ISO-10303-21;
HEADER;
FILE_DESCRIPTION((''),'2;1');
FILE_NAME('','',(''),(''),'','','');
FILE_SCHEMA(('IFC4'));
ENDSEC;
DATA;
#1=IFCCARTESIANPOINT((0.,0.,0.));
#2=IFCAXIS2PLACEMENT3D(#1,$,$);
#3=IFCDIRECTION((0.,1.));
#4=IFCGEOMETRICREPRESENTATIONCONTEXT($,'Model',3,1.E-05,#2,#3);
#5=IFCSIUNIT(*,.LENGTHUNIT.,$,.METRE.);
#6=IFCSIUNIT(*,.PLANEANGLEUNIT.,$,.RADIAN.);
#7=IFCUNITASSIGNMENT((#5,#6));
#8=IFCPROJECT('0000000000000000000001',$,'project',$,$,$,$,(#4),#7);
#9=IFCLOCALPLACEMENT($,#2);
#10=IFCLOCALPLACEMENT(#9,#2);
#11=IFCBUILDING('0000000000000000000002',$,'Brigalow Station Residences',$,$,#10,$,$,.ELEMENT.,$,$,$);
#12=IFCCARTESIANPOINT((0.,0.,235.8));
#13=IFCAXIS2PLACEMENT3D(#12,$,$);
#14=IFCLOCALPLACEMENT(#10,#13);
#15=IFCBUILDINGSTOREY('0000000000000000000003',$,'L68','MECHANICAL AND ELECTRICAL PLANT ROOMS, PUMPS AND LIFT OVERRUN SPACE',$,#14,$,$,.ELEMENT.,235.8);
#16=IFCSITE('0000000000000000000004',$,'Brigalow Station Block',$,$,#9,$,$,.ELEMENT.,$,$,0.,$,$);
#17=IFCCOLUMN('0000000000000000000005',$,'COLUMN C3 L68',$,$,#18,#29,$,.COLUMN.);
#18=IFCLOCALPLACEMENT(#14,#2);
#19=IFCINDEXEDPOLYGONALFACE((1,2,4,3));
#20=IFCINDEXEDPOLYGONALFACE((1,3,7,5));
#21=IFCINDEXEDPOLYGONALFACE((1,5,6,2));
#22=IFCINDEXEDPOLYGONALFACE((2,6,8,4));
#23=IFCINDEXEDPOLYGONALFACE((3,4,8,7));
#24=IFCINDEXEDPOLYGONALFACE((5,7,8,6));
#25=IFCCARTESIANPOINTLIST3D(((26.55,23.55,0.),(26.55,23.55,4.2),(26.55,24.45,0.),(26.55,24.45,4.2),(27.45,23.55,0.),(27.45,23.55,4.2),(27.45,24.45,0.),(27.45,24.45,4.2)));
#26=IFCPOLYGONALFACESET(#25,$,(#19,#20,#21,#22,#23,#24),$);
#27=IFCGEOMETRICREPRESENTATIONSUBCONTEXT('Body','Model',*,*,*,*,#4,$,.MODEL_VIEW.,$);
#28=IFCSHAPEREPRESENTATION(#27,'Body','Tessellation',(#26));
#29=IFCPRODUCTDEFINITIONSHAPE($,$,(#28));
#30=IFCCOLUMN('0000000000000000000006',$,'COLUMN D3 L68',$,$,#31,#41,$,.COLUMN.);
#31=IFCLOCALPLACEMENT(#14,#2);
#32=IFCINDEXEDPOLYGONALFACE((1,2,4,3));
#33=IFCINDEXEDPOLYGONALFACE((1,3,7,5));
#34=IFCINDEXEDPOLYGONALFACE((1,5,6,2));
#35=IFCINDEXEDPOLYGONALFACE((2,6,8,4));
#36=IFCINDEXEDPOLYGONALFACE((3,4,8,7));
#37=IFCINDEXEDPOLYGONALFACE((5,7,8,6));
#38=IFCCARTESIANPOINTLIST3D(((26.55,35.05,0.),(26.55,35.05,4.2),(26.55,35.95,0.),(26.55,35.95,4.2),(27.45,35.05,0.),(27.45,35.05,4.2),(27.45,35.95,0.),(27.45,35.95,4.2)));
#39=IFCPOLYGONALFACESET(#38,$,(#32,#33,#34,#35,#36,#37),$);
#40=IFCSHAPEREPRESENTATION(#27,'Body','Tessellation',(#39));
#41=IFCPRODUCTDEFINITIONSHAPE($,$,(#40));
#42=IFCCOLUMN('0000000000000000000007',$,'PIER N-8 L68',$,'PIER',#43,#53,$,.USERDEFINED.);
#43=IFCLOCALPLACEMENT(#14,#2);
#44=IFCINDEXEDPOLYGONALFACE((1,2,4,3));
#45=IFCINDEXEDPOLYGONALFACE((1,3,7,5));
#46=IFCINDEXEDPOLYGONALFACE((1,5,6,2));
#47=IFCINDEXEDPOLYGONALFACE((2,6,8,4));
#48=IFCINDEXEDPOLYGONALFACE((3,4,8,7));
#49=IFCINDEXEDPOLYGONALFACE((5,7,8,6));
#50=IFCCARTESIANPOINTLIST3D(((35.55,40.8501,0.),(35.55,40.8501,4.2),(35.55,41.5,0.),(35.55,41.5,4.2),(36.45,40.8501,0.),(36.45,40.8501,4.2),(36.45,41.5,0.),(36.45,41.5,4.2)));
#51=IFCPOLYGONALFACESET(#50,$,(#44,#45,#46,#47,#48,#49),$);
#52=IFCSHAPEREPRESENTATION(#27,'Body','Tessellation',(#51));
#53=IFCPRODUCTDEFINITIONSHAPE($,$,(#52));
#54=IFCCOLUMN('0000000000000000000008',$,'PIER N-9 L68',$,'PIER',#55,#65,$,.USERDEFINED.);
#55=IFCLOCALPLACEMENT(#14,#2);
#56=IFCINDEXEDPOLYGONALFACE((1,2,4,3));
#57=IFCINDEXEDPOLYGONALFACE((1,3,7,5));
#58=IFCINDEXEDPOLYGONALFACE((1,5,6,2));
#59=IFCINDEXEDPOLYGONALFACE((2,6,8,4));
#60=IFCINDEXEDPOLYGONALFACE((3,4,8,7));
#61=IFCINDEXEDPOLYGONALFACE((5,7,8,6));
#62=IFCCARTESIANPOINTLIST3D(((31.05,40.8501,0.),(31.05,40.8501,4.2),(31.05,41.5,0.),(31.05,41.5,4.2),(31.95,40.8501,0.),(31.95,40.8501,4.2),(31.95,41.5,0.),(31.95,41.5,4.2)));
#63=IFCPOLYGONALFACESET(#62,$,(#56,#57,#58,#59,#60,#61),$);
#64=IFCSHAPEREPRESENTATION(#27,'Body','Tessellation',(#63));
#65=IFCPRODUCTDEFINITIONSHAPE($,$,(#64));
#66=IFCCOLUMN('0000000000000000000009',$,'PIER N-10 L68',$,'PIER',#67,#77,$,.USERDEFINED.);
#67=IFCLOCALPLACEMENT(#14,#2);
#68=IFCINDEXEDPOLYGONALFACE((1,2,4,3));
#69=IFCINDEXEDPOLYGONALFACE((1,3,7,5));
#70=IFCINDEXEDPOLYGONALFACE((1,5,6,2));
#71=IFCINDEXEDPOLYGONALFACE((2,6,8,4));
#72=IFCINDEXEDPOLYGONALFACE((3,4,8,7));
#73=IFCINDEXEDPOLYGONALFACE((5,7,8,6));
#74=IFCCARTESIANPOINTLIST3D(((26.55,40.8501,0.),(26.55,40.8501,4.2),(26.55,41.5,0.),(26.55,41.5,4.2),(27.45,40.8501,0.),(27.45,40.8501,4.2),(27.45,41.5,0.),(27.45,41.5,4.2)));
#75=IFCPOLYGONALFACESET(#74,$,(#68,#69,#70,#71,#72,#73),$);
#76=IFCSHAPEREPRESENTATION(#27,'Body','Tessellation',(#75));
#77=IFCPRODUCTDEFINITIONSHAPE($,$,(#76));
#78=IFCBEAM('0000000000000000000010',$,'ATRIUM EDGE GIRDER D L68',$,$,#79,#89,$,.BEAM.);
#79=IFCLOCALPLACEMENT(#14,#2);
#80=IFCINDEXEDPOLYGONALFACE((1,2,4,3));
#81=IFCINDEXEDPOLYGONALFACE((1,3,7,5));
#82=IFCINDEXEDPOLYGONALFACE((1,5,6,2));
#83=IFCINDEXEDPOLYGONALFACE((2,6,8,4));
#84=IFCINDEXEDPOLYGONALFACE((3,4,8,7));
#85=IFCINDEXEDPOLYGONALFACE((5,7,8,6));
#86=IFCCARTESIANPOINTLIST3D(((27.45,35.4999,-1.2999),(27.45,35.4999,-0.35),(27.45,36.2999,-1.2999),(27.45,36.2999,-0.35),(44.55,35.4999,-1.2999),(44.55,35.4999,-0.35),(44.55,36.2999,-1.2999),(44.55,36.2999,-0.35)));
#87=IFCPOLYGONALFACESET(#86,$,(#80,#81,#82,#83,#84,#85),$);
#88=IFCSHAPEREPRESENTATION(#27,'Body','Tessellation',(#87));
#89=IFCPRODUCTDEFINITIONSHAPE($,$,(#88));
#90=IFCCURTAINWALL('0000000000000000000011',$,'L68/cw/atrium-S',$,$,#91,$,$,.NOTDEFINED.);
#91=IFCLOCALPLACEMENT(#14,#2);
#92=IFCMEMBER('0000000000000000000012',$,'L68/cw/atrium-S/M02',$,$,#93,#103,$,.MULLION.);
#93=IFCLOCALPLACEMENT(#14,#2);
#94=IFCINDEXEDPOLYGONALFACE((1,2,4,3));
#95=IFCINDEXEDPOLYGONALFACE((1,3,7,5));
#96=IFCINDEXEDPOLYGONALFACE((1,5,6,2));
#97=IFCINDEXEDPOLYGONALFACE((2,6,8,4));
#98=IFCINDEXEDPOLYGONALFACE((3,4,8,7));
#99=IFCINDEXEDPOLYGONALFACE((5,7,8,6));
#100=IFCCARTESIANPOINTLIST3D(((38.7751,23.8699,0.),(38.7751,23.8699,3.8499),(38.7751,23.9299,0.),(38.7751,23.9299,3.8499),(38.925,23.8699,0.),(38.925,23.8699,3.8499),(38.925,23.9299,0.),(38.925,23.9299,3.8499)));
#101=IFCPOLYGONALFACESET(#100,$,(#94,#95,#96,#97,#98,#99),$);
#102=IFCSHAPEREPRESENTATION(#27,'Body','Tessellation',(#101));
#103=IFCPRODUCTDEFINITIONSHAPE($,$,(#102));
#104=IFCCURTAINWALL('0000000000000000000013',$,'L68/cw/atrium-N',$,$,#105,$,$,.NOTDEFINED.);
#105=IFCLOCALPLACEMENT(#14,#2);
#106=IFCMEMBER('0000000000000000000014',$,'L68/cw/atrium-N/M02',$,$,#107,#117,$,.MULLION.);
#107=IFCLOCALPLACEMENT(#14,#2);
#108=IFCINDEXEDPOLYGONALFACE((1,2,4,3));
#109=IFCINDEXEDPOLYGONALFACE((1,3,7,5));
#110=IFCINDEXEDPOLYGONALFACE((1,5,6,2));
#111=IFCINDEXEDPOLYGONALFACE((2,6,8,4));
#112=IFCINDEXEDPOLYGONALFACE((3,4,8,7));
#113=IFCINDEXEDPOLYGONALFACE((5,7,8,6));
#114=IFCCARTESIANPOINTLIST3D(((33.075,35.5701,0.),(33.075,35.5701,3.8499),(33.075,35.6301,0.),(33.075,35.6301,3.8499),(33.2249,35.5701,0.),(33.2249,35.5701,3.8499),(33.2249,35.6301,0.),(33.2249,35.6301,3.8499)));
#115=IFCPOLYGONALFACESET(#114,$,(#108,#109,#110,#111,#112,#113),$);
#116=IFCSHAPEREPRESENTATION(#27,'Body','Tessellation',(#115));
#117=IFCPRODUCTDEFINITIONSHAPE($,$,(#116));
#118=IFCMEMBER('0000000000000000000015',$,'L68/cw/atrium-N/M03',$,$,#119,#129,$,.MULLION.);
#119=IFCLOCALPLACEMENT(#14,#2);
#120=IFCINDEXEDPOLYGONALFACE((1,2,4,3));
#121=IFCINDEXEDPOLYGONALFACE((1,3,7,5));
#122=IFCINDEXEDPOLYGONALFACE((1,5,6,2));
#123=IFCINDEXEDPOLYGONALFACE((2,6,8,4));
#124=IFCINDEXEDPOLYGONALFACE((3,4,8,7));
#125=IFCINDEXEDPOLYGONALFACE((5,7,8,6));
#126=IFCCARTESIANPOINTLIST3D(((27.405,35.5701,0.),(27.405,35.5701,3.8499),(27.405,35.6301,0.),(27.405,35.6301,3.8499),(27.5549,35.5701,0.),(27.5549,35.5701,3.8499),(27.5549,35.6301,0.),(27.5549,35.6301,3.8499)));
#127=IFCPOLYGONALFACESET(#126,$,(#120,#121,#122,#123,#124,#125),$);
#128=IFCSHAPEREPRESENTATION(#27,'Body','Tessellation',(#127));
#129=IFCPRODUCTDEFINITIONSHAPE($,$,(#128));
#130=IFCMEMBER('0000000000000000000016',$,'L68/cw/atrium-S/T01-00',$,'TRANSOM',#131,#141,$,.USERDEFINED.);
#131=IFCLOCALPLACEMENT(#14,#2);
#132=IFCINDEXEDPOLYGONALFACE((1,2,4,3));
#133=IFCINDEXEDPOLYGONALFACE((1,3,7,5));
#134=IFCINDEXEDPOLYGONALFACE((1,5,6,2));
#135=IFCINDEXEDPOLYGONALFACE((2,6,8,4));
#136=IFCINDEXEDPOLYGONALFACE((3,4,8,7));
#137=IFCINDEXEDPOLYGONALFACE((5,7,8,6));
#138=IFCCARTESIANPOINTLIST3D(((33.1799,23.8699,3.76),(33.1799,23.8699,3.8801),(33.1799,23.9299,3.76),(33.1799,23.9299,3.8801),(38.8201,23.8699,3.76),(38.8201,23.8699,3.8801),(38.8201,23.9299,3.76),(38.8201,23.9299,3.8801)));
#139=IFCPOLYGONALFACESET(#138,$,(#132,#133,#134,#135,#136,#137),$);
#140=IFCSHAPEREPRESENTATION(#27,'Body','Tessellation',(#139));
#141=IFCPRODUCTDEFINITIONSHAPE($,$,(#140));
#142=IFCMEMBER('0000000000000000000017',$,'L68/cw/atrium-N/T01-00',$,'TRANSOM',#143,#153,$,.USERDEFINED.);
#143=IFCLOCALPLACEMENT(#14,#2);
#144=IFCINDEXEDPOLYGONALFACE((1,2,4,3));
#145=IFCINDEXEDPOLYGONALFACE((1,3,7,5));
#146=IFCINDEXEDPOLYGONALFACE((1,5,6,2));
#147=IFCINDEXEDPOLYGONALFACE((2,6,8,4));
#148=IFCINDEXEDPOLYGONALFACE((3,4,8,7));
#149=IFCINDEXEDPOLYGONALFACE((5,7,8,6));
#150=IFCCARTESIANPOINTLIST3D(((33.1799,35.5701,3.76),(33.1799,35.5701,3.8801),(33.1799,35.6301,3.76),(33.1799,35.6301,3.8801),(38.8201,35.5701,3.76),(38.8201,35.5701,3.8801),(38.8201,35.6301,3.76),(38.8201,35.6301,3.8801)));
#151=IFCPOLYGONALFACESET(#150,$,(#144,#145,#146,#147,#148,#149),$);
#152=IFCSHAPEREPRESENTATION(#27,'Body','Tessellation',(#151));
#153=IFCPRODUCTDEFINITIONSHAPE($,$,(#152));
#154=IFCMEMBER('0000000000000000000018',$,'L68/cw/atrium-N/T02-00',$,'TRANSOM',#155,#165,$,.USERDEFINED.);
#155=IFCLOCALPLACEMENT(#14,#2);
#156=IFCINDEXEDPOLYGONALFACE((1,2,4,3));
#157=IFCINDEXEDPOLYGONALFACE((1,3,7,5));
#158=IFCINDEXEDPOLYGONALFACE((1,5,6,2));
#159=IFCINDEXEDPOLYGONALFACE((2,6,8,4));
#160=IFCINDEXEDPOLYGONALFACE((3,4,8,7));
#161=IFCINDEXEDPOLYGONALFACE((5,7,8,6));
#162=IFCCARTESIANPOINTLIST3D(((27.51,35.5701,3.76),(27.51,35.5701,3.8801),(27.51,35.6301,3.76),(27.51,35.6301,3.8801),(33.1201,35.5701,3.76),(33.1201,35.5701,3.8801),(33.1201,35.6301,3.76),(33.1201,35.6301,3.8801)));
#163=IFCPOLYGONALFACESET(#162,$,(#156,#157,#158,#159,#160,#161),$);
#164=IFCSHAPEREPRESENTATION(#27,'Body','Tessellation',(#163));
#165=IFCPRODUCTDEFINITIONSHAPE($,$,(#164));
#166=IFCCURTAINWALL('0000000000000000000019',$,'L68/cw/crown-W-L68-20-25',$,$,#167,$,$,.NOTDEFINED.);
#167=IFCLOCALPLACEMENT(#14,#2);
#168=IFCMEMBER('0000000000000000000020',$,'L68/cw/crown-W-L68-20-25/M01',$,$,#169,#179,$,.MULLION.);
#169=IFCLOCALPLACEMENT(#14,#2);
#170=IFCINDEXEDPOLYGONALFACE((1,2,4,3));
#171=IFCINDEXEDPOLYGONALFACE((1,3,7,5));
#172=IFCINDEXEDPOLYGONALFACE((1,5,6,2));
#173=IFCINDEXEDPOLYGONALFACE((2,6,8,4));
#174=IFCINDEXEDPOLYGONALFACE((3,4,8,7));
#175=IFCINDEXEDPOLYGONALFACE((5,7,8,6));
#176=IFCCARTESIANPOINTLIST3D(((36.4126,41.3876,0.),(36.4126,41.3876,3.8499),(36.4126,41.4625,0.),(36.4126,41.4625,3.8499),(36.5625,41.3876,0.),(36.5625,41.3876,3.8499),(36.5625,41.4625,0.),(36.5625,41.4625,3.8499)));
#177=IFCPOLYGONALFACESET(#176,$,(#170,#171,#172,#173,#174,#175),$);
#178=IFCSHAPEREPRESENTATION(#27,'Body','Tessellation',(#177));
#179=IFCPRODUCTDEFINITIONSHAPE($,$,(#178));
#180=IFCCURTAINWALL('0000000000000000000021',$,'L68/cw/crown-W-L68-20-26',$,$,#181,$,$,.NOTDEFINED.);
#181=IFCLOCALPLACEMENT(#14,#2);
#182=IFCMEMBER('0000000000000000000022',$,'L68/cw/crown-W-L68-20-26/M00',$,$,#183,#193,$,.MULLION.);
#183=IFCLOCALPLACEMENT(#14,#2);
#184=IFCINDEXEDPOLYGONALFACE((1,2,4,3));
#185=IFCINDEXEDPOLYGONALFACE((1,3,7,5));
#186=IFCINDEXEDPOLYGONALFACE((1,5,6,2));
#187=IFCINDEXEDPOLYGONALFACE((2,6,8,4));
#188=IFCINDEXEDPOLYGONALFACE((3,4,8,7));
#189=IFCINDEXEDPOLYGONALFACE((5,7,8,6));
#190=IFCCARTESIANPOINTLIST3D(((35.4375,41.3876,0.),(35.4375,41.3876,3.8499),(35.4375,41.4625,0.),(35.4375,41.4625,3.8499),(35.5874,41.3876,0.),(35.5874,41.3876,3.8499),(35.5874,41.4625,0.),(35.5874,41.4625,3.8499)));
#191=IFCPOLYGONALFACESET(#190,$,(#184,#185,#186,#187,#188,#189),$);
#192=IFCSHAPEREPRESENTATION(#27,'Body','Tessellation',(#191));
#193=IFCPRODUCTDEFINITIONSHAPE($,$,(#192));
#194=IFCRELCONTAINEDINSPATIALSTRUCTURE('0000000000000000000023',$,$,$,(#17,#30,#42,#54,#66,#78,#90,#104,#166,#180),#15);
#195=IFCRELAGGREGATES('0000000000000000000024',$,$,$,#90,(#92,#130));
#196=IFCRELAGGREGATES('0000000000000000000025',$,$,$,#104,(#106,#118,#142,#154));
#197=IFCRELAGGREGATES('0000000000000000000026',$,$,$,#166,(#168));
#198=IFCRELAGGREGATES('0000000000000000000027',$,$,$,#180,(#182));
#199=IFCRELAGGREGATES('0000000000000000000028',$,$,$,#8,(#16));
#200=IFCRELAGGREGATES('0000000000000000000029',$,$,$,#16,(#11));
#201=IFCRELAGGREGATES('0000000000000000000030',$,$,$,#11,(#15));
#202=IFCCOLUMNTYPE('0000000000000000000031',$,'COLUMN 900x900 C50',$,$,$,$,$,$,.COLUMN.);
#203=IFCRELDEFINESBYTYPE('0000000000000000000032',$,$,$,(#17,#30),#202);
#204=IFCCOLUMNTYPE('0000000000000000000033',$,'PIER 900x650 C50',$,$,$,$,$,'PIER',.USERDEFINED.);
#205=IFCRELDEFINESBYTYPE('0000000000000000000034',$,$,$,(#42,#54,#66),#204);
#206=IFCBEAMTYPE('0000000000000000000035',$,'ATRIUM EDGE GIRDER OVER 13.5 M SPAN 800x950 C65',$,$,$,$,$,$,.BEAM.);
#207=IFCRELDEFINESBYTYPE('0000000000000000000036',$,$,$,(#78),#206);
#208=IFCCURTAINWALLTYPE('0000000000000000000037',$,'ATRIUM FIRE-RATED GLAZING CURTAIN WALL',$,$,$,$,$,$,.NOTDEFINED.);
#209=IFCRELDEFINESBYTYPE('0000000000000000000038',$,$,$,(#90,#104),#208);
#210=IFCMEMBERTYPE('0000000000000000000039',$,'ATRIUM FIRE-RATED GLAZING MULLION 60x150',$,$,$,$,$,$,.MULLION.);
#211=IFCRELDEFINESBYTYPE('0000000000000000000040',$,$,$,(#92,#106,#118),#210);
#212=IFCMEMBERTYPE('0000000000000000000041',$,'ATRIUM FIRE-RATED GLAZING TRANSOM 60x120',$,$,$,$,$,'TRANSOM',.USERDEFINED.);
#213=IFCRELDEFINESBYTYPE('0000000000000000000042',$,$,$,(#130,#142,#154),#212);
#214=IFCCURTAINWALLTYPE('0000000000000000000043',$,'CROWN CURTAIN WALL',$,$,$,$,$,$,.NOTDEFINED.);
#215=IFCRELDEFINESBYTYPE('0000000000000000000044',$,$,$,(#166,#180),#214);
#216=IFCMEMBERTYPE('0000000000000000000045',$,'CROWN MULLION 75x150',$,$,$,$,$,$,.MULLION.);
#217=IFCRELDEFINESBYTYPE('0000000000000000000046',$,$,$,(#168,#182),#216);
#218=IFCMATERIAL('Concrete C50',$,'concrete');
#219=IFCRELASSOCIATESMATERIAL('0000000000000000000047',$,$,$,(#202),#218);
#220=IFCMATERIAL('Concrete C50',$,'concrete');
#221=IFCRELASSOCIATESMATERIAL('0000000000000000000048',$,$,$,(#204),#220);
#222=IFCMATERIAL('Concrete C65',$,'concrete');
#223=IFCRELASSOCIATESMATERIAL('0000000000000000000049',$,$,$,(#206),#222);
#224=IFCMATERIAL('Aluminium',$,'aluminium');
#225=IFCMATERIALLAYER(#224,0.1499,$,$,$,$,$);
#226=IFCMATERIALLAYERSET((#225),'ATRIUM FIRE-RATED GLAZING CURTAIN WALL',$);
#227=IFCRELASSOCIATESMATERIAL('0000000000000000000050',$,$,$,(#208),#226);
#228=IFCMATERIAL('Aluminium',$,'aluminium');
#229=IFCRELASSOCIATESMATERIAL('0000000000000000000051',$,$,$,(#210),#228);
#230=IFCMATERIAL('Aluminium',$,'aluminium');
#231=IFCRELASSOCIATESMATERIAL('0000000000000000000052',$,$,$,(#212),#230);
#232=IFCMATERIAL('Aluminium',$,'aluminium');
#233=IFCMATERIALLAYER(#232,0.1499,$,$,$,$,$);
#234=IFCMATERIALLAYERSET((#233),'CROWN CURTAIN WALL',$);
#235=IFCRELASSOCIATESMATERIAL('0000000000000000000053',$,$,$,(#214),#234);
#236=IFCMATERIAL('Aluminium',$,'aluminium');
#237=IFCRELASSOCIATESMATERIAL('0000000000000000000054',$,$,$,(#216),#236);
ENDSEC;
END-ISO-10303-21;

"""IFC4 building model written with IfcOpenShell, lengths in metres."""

from ifc_helpers import new_model, si_unit, direction, frame, origin, origin_2d, place, context, subcontext, project, spatial, rectangle, extrude, material, layer, layer_set, material_profile, profile_set, type_object, element, aggregate, save


model = new_model("IFC4")

# Units and contexts
model_context = context("Model", 3, precision=1e-05, world=origin(), true_north=direction((0.0, 1.0)))
body_context = subcontext(model_context, "Body", "Model", "MODEL_VIEW")
ifc_project = project(units=[si_unit("LENGTHUNIT", "METRE"), si_unit("PLANEANGLEUNIT", "RADIAN")], contexts=[model_context])

# Site, building, storey
site_placement = place(None, origin())
site = spatial("IfcSite", under=ifc_project, at=site_placement, Name="Brigalow Station Block", CompositionType="ELEMENT", RefElevation=0.0)
building_placement = place(site_placement, origin())
building = spatial("IfcBuilding", under=site, at=building_placement, Name="Brigalow Station Residences", CompositionType="ELEMENT")
storey_placement = place(building_placement, frame((0.0, 0.0, 235.8)))
storey = spatial("IfcBuildingStorey", under=building, at=storey_placement, Name="L68", Description="MECHANICAL AND ELECTRICAL PLANT ROOMS, PUMPS AND LIFT OVERRUN SPACE", CompositionType="ELEMENT", Elevation=235.8)

# Columns
ifc_material_1 = material(Name="Concrete C50", Category="concrete")
ifc_material_profile_1 = material_profile(ifc_material_1, rectangle(XDim=0.8999, YDim=0.8999, at=origin_2d()), Name="RC900x900")
ifc_profile_set_1 = profile_set([ifc_material_profile_1], Name="Concrete C50")
column_type_1 = type_object("IfcColumnType", Name="COLUMN 900x900 C50", PredefinedType="COLUMN", material=ifc_profile_set_1)
for number, where, z_axis, x_axis, name in (
    (1, (27.0, 24.0, 0.0), (0.0, 0.0, 1.0), (1.0, 0.0, 0.0), "COLUMN C3 L68"),
    (2, (27.0, 35.5, 0.0), (0.0, 0.0, 1.0), (1.0, 0.0, 0.0), "COLUMN D3 L68"),
):
    element("IfcColumn", number, at=place(storey_placement, frame(where, z_axis=z_axis, x_axis=x_axis)), inside=storey, type_object=column_type_1, Name=name, PredefinedType="COLUMN", context=body_context, shape_type="SweptSolid", body=[
        extrude(rectangle(XDim=0.8999, YDim=0.8999, at=origin_2d()), origin(), (0.0, 0.0, 1.0), 4.2),
    ])
ifc_material_2 = material(Name="Concrete C50", Category="concrete")
ifc_material_profile_2 = material_profile(ifc_material_2, rectangle(XDim=0.8999, YDim=0.6499, at=origin_2d()), Name="RC900x650")
ifc_profile_set_2 = profile_set([ifc_material_profile_2], Name="Concrete C50")
column_type_2 = type_object("IfcColumnType", Name="PIER 900x650 C50", ElementType="PIER", PredefinedType="USERDEFINED", material=ifc_profile_set_2)
for number, where, z_axis, x_axis, name in (
    (3, (36.0, 41.175, 0.0), (0.0, 0.0, 1.0), (-1.0, 0.0, 0.0), "PIER N-8 L68"),
    (4, (31.5, 41.175, 0.0), (0.0, 0.0, 1.0), (-1.0, 0.0, 0.0), "PIER N-9 L68"),
    (5, (27.0, 41.175, 0.0), (0.0, 0.0, 1.0), (-1.0, 0.0, 0.0), "PIER N-10 L68"),
):
    element("IfcColumn", number, at=place(storey_placement, frame(where, z_axis=z_axis, x_axis=x_axis)), inside=storey, type_object=column_type_2, Name=name, ObjectType="PIER", PredefinedType="USERDEFINED", context=body_context, shape_type="SweptSolid", body=[
        extrude(rectangle(XDim=0.8999, YDim=0.6499, at=origin_2d()), origin(), (0.0, 0.0, 1.0), 4.2),
    ])

# Beam
ifc_material_3 = material(Name="Concrete C65", Category="concrete")
ifc_material_profile_3 = material_profile(ifc_material_3, rectangle(XDim=0.8, YDim=0.95, at=origin_2d()), Name="RC800x950")
ifc_profile_set_3 = profile_set([ifc_material_profile_3], Name="Concrete C65")
beam_type = type_object("IfcBeamType", Name="ATRIUM EDGE GIRDER OVER 13.5 M SPAN 800x950 C65", PredefinedType="BEAM", material=ifc_profile_set_3)
beam_placement = place(storey_placement, frame((27.45, 35.8999, -0.825), z_axis=(1.0, 0.0, 0.0), x_axis=(0.0, 1.0, 0.0)))
element("IfcBeam", 6, at=beam_placement, inside=storey, type_object=beam_type, Name="ATRIUM EDGE GIRDER D L68", PredefinedType="BEAM", context=body_context, shape_type="SweptSolid", body=[
    extrude(rectangle(XDim=0.8, YDim=0.95, at=origin_2d()), origin(), (0.0, 0.0, 1.0), 17.1001),
])

# Curtain wall, member
ifc_material_4 = material(Name="Aluminium", Category="aluminium")
ifc_layer_1 = layer(ifc_material_4, 0.1499)
ifc_layer_set_1 = layer_set([ifc_layer_1], Name="ATRIUM FIRE-RATED GLAZING CURTAIN WALL")
curtain_wall_type_1 = type_object("IfcCurtainWallType", Name="ATRIUM FIRE-RATED GLAZING CURTAIN WALL", PredefinedType="NOTDEFINED", material=ifc_layer_set_1)
curtain_wall_1_placement = place(storey_placement, origin())
curtain_wall_1 = element("IfcCurtainWall", 7, at=curtain_wall_1_placement, inside=storey, type_object=curtain_wall_type_1, Name="L68/cw/atrium-S", PredefinedType="NOTDEFINED")
ifc_material_5 = material(Name="Aluminium", Category="aluminium")
ifc_material_profile_4 = material_profile(ifc_material_5, rectangle(XDim=0.0601, YDim=0.1499, at=origin_2d()), Name="ATRIUM FIRE-RATED GLAZING MULLION 60x150")
ifc_profile_set_4 = profile_set([ifc_material_profile_4], Name="Aluminium")
member_type_1 = type_object("IfcMemberType", Name="ATRIUM FIRE-RATED GLAZING MULLION 60x150", PredefinedType="MULLION", material=ifc_profile_set_4)
member_1_placement = place(storey_placement, frame((38.8501, 23.8999, 0.0), z_axis=(0.0, 0.0, 1.0), x_axis=(0.0, 1.0, 0.0)))
member_1 = element("IfcMember", 8, at=member_1_placement, type_object=member_type_1, Name="L68/cw/atrium-S/M02", PredefinedType="MULLION", context=body_context, shape_type="SweptSolid", body=[
    extrude(rectangle(XDim=0.0601, YDim=0.1499, at=origin_2d()), origin(), (0.0, 0.0, 1.0), 3.8499),
])

# Curtain wall, members
curtain_wall_2_placement = place(storey_placement, origin())
curtain_wall_2 = element("IfcCurtainWall", 9, at=curtain_wall_2_placement, inside=storey, type_object=curtain_wall_type_1, Name="L68/cw/atrium-N", PredefinedType="NOTDEFINED")
member_2_placement = place(storey_placement, frame((33.1499, 35.6001, 0.0), z_axis=(0.0, 0.0, 1.0), x_axis=(0.0, -1.0, 0.0)))
member_2 = element("IfcMember", 10, at=member_2_placement, type_object=member_type_1, Name="L68/cw/atrium-N/M02", PredefinedType="MULLION", context=body_context, shape_type="SweptSolid", body=[
    extrude(rectangle(XDim=0.0601, YDim=0.1499, at=origin_2d()), origin(), (0.0, 0.0, 1.0), 3.8499),
])
member_3_placement = place(storey_placement, frame((27.48, 35.6001, 0.0), z_axis=(0.0, 0.0, 1.0), x_axis=(0.0, -1.0, 0.0)))
member_3 = element("IfcMember", 11, at=member_3_placement, type_object=member_type_1, Name="L68/cw/atrium-N/M03", PredefinedType="MULLION", context=body_context, shape_type="SweptSolid", body=[
    extrude(rectangle(XDim=0.0601, YDim=0.1499, at=origin_2d()), origin(), (0.0, 0.0, 1.0), 3.8499),
])

# Members
ifc_material_6 = material(Name="Aluminium", Category="aluminium")
ifc_material_profile_5 = material_profile(ifc_material_6, rectangle(XDim=0.0601, YDim=0.1201, at=origin_2d()), Name="ATRIUM FIRE-RATED GLAZING TRANSOM 60x120")
ifc_profile_set_5 = profile_set([ifc_material_profile_5], Name="Aluminium")
member_type_2 = type_object("IfcMemberType", Name="ATRIUM FIRE-RATED GLAZING TRANSOM 60x120", ElementType="TRANSOM", PredefinedType="USERDEFINED", material=ifc_profile_set_5)
member_4_placement = place(storey_placement, frame((33.1799, 23.8999, 3.8201), z_axis=(1.0, 0.0, 0.0), x_axis=(0.0, 1.0, 0.0)))
member_4 = element("IfcMember", 12, at=member_4_placement, type_object=member_type_2, Name="L68/cw/atrium-S/T01-00", ObjectType="TRANSOM", PredefinedType="USERDEFINED", context=body_context, shape_type="SweptSolid", body=[
    extrude(rectangle(XDim=0.0601, YDim=0.1201, at=origin_2d()), origin(), (0.0, 0.0, 1.0), 5.6401),
])
member_5_placement = place(storey_placement, frame((38.8201, 35.6001, 3.8201), z_axis=(-1.0, 0.0, 0.0), x_axis=(0.0, -1.0, 0.0)))
member_5 = element("IfcMember", 13, at=member_5_placement, type_object=member_type_2, Name="L68/cw/atrium-N/T01-00", ObjectType="TRANSOM", PredefinedType="USERDEFINED", context=body_context, shape_type="SweptSolid", body=[
    extrude(rectangle(XDim=0.0601, YDim=0.1201, at=origin_2d()), origin(), (0.0, 0.0, 1.0), 5.6401),
])
member_6_placement = place(storey_placement, frame((33.1201, 35.6001, 3.8201), z_axis=(-1.0, 0.0, 0.0), x_axis=(0.0, -1.0, 0.0)))
member_6 = element("IfcMember", 14, at=member_6_placement, type_object=member_type_2, Name="L68/cw/atrium-N/T02-00", ObjectType="TRANSOM", PredefinedType="USERDEFINED", context=body_context, shape_type="SweptSolid", body=[
    extrude(rectangle(XDim=0.0601, YDim=0.1201, at=origin_2d()), origin(), (0.0, 0.0, 1.0), 5.6101),
])

# Curtain wall, member
ifc_material_7 = material(Name="Aluminium", Category="aluminium")
ifc_layer_2 = layer(ifc_material_7, 0.1499)
ifc_layer_set_2 = layer_set([ifc_layer_2], Name="CROWN CURTAIN WALL")
curtain_wall_type_2 = type_object("IfcCurtainWallType", Name="CROWN CURTAIN WALL", PredefinedType="NOTDEFINED", material=ifc_layer_set_2)
curtain_wall_3_placement = place(storey_placement, origin())
curtain_wall_3 = element("IfcCurtainWall", 15, at=curtain_wall_3_placement, inside=storey, type_object=curtain_wall_type_2, Name="L68/cw/crown-W-L68-20-25", PredefinedType="NOTDEFINED")
ifc_material_8 = material(Name="Aluminium", Category="aluminium")
ifc_material_profile_6 = material_profile(ifc_material_8, rectangle(XDim=0.075, YDim=0.1499, at=origin_2d()), Name="CROWN MULLION 75x150")
ifc_profile_set_6 = profile_set([ifc_material_profile_6], Name="Aluminium")
member_type_3 = type_object("IfcMemberType", Name="CROWN MULLION 75x150", PredefinedType="MULLION", material=ifc_profile_set_6)
member_7_placement = place(storey_placement, frame((36.4875, 41.425, 0.0), z_axis=(0.0, 0.0, 1.0), x_axis=(0.0, -1.0, 0.0)))
member_7 = element("IfcMember", 16, at=member_7_placement, type_object=member_type_3, Name="L68/cw/crown-W-L68-20-25/M01", PredefinedType="MULLION", context=body_context, shape_type="SweptSolid", body=[
    extrude(rectangle(XDim=0.075, YDim=0.1499, at=origin_2d()), origin(), (0.0, 0.0, 1.0), 3.8499),
])

# Curtain wall, member
curtain_wall_4_placement = place(storey_placement, origin())
curtain_wall_4 = element("IfcCurtainWall", 17, at=curtain_wall_4_placement, inside=storey, type_object=curtain_wall_type_2, Name="L68/cw/crown-W-L68-20-26", PredefinedType="NOTDEFINED")
member_8_placement = place(storey_placement, frame((35.5125, 41.425, 0.0), z_axis=(0.0, 0.0, 1.0), x_axis=(0.0, -1.0, 0.0)))
member_8 = element("IfcMember", 18, at=member_8_placement, type_object=member_type_3, Name="L68/cw/crown-W-L68-20-26/M00", PredefinedType="MULLION", context=body_context, shape_type="SweptSolid", body=[
    extrude(rectangle(XDim=0.075, YDim=0.1499, at=origin_2d()), origin(), (0.0, 0.0, 1.0), 3.8499),
])

aggregate(curtain_wall_1, [member_1, member_4])
aggregate(curtain_wall_2, [member_2, member_3, member_5, member_6])

aggregate(curtain_wall_3, [member_7])
aggregate(curtain_wall_4, [member_8])

save(model, "model.ifc")
